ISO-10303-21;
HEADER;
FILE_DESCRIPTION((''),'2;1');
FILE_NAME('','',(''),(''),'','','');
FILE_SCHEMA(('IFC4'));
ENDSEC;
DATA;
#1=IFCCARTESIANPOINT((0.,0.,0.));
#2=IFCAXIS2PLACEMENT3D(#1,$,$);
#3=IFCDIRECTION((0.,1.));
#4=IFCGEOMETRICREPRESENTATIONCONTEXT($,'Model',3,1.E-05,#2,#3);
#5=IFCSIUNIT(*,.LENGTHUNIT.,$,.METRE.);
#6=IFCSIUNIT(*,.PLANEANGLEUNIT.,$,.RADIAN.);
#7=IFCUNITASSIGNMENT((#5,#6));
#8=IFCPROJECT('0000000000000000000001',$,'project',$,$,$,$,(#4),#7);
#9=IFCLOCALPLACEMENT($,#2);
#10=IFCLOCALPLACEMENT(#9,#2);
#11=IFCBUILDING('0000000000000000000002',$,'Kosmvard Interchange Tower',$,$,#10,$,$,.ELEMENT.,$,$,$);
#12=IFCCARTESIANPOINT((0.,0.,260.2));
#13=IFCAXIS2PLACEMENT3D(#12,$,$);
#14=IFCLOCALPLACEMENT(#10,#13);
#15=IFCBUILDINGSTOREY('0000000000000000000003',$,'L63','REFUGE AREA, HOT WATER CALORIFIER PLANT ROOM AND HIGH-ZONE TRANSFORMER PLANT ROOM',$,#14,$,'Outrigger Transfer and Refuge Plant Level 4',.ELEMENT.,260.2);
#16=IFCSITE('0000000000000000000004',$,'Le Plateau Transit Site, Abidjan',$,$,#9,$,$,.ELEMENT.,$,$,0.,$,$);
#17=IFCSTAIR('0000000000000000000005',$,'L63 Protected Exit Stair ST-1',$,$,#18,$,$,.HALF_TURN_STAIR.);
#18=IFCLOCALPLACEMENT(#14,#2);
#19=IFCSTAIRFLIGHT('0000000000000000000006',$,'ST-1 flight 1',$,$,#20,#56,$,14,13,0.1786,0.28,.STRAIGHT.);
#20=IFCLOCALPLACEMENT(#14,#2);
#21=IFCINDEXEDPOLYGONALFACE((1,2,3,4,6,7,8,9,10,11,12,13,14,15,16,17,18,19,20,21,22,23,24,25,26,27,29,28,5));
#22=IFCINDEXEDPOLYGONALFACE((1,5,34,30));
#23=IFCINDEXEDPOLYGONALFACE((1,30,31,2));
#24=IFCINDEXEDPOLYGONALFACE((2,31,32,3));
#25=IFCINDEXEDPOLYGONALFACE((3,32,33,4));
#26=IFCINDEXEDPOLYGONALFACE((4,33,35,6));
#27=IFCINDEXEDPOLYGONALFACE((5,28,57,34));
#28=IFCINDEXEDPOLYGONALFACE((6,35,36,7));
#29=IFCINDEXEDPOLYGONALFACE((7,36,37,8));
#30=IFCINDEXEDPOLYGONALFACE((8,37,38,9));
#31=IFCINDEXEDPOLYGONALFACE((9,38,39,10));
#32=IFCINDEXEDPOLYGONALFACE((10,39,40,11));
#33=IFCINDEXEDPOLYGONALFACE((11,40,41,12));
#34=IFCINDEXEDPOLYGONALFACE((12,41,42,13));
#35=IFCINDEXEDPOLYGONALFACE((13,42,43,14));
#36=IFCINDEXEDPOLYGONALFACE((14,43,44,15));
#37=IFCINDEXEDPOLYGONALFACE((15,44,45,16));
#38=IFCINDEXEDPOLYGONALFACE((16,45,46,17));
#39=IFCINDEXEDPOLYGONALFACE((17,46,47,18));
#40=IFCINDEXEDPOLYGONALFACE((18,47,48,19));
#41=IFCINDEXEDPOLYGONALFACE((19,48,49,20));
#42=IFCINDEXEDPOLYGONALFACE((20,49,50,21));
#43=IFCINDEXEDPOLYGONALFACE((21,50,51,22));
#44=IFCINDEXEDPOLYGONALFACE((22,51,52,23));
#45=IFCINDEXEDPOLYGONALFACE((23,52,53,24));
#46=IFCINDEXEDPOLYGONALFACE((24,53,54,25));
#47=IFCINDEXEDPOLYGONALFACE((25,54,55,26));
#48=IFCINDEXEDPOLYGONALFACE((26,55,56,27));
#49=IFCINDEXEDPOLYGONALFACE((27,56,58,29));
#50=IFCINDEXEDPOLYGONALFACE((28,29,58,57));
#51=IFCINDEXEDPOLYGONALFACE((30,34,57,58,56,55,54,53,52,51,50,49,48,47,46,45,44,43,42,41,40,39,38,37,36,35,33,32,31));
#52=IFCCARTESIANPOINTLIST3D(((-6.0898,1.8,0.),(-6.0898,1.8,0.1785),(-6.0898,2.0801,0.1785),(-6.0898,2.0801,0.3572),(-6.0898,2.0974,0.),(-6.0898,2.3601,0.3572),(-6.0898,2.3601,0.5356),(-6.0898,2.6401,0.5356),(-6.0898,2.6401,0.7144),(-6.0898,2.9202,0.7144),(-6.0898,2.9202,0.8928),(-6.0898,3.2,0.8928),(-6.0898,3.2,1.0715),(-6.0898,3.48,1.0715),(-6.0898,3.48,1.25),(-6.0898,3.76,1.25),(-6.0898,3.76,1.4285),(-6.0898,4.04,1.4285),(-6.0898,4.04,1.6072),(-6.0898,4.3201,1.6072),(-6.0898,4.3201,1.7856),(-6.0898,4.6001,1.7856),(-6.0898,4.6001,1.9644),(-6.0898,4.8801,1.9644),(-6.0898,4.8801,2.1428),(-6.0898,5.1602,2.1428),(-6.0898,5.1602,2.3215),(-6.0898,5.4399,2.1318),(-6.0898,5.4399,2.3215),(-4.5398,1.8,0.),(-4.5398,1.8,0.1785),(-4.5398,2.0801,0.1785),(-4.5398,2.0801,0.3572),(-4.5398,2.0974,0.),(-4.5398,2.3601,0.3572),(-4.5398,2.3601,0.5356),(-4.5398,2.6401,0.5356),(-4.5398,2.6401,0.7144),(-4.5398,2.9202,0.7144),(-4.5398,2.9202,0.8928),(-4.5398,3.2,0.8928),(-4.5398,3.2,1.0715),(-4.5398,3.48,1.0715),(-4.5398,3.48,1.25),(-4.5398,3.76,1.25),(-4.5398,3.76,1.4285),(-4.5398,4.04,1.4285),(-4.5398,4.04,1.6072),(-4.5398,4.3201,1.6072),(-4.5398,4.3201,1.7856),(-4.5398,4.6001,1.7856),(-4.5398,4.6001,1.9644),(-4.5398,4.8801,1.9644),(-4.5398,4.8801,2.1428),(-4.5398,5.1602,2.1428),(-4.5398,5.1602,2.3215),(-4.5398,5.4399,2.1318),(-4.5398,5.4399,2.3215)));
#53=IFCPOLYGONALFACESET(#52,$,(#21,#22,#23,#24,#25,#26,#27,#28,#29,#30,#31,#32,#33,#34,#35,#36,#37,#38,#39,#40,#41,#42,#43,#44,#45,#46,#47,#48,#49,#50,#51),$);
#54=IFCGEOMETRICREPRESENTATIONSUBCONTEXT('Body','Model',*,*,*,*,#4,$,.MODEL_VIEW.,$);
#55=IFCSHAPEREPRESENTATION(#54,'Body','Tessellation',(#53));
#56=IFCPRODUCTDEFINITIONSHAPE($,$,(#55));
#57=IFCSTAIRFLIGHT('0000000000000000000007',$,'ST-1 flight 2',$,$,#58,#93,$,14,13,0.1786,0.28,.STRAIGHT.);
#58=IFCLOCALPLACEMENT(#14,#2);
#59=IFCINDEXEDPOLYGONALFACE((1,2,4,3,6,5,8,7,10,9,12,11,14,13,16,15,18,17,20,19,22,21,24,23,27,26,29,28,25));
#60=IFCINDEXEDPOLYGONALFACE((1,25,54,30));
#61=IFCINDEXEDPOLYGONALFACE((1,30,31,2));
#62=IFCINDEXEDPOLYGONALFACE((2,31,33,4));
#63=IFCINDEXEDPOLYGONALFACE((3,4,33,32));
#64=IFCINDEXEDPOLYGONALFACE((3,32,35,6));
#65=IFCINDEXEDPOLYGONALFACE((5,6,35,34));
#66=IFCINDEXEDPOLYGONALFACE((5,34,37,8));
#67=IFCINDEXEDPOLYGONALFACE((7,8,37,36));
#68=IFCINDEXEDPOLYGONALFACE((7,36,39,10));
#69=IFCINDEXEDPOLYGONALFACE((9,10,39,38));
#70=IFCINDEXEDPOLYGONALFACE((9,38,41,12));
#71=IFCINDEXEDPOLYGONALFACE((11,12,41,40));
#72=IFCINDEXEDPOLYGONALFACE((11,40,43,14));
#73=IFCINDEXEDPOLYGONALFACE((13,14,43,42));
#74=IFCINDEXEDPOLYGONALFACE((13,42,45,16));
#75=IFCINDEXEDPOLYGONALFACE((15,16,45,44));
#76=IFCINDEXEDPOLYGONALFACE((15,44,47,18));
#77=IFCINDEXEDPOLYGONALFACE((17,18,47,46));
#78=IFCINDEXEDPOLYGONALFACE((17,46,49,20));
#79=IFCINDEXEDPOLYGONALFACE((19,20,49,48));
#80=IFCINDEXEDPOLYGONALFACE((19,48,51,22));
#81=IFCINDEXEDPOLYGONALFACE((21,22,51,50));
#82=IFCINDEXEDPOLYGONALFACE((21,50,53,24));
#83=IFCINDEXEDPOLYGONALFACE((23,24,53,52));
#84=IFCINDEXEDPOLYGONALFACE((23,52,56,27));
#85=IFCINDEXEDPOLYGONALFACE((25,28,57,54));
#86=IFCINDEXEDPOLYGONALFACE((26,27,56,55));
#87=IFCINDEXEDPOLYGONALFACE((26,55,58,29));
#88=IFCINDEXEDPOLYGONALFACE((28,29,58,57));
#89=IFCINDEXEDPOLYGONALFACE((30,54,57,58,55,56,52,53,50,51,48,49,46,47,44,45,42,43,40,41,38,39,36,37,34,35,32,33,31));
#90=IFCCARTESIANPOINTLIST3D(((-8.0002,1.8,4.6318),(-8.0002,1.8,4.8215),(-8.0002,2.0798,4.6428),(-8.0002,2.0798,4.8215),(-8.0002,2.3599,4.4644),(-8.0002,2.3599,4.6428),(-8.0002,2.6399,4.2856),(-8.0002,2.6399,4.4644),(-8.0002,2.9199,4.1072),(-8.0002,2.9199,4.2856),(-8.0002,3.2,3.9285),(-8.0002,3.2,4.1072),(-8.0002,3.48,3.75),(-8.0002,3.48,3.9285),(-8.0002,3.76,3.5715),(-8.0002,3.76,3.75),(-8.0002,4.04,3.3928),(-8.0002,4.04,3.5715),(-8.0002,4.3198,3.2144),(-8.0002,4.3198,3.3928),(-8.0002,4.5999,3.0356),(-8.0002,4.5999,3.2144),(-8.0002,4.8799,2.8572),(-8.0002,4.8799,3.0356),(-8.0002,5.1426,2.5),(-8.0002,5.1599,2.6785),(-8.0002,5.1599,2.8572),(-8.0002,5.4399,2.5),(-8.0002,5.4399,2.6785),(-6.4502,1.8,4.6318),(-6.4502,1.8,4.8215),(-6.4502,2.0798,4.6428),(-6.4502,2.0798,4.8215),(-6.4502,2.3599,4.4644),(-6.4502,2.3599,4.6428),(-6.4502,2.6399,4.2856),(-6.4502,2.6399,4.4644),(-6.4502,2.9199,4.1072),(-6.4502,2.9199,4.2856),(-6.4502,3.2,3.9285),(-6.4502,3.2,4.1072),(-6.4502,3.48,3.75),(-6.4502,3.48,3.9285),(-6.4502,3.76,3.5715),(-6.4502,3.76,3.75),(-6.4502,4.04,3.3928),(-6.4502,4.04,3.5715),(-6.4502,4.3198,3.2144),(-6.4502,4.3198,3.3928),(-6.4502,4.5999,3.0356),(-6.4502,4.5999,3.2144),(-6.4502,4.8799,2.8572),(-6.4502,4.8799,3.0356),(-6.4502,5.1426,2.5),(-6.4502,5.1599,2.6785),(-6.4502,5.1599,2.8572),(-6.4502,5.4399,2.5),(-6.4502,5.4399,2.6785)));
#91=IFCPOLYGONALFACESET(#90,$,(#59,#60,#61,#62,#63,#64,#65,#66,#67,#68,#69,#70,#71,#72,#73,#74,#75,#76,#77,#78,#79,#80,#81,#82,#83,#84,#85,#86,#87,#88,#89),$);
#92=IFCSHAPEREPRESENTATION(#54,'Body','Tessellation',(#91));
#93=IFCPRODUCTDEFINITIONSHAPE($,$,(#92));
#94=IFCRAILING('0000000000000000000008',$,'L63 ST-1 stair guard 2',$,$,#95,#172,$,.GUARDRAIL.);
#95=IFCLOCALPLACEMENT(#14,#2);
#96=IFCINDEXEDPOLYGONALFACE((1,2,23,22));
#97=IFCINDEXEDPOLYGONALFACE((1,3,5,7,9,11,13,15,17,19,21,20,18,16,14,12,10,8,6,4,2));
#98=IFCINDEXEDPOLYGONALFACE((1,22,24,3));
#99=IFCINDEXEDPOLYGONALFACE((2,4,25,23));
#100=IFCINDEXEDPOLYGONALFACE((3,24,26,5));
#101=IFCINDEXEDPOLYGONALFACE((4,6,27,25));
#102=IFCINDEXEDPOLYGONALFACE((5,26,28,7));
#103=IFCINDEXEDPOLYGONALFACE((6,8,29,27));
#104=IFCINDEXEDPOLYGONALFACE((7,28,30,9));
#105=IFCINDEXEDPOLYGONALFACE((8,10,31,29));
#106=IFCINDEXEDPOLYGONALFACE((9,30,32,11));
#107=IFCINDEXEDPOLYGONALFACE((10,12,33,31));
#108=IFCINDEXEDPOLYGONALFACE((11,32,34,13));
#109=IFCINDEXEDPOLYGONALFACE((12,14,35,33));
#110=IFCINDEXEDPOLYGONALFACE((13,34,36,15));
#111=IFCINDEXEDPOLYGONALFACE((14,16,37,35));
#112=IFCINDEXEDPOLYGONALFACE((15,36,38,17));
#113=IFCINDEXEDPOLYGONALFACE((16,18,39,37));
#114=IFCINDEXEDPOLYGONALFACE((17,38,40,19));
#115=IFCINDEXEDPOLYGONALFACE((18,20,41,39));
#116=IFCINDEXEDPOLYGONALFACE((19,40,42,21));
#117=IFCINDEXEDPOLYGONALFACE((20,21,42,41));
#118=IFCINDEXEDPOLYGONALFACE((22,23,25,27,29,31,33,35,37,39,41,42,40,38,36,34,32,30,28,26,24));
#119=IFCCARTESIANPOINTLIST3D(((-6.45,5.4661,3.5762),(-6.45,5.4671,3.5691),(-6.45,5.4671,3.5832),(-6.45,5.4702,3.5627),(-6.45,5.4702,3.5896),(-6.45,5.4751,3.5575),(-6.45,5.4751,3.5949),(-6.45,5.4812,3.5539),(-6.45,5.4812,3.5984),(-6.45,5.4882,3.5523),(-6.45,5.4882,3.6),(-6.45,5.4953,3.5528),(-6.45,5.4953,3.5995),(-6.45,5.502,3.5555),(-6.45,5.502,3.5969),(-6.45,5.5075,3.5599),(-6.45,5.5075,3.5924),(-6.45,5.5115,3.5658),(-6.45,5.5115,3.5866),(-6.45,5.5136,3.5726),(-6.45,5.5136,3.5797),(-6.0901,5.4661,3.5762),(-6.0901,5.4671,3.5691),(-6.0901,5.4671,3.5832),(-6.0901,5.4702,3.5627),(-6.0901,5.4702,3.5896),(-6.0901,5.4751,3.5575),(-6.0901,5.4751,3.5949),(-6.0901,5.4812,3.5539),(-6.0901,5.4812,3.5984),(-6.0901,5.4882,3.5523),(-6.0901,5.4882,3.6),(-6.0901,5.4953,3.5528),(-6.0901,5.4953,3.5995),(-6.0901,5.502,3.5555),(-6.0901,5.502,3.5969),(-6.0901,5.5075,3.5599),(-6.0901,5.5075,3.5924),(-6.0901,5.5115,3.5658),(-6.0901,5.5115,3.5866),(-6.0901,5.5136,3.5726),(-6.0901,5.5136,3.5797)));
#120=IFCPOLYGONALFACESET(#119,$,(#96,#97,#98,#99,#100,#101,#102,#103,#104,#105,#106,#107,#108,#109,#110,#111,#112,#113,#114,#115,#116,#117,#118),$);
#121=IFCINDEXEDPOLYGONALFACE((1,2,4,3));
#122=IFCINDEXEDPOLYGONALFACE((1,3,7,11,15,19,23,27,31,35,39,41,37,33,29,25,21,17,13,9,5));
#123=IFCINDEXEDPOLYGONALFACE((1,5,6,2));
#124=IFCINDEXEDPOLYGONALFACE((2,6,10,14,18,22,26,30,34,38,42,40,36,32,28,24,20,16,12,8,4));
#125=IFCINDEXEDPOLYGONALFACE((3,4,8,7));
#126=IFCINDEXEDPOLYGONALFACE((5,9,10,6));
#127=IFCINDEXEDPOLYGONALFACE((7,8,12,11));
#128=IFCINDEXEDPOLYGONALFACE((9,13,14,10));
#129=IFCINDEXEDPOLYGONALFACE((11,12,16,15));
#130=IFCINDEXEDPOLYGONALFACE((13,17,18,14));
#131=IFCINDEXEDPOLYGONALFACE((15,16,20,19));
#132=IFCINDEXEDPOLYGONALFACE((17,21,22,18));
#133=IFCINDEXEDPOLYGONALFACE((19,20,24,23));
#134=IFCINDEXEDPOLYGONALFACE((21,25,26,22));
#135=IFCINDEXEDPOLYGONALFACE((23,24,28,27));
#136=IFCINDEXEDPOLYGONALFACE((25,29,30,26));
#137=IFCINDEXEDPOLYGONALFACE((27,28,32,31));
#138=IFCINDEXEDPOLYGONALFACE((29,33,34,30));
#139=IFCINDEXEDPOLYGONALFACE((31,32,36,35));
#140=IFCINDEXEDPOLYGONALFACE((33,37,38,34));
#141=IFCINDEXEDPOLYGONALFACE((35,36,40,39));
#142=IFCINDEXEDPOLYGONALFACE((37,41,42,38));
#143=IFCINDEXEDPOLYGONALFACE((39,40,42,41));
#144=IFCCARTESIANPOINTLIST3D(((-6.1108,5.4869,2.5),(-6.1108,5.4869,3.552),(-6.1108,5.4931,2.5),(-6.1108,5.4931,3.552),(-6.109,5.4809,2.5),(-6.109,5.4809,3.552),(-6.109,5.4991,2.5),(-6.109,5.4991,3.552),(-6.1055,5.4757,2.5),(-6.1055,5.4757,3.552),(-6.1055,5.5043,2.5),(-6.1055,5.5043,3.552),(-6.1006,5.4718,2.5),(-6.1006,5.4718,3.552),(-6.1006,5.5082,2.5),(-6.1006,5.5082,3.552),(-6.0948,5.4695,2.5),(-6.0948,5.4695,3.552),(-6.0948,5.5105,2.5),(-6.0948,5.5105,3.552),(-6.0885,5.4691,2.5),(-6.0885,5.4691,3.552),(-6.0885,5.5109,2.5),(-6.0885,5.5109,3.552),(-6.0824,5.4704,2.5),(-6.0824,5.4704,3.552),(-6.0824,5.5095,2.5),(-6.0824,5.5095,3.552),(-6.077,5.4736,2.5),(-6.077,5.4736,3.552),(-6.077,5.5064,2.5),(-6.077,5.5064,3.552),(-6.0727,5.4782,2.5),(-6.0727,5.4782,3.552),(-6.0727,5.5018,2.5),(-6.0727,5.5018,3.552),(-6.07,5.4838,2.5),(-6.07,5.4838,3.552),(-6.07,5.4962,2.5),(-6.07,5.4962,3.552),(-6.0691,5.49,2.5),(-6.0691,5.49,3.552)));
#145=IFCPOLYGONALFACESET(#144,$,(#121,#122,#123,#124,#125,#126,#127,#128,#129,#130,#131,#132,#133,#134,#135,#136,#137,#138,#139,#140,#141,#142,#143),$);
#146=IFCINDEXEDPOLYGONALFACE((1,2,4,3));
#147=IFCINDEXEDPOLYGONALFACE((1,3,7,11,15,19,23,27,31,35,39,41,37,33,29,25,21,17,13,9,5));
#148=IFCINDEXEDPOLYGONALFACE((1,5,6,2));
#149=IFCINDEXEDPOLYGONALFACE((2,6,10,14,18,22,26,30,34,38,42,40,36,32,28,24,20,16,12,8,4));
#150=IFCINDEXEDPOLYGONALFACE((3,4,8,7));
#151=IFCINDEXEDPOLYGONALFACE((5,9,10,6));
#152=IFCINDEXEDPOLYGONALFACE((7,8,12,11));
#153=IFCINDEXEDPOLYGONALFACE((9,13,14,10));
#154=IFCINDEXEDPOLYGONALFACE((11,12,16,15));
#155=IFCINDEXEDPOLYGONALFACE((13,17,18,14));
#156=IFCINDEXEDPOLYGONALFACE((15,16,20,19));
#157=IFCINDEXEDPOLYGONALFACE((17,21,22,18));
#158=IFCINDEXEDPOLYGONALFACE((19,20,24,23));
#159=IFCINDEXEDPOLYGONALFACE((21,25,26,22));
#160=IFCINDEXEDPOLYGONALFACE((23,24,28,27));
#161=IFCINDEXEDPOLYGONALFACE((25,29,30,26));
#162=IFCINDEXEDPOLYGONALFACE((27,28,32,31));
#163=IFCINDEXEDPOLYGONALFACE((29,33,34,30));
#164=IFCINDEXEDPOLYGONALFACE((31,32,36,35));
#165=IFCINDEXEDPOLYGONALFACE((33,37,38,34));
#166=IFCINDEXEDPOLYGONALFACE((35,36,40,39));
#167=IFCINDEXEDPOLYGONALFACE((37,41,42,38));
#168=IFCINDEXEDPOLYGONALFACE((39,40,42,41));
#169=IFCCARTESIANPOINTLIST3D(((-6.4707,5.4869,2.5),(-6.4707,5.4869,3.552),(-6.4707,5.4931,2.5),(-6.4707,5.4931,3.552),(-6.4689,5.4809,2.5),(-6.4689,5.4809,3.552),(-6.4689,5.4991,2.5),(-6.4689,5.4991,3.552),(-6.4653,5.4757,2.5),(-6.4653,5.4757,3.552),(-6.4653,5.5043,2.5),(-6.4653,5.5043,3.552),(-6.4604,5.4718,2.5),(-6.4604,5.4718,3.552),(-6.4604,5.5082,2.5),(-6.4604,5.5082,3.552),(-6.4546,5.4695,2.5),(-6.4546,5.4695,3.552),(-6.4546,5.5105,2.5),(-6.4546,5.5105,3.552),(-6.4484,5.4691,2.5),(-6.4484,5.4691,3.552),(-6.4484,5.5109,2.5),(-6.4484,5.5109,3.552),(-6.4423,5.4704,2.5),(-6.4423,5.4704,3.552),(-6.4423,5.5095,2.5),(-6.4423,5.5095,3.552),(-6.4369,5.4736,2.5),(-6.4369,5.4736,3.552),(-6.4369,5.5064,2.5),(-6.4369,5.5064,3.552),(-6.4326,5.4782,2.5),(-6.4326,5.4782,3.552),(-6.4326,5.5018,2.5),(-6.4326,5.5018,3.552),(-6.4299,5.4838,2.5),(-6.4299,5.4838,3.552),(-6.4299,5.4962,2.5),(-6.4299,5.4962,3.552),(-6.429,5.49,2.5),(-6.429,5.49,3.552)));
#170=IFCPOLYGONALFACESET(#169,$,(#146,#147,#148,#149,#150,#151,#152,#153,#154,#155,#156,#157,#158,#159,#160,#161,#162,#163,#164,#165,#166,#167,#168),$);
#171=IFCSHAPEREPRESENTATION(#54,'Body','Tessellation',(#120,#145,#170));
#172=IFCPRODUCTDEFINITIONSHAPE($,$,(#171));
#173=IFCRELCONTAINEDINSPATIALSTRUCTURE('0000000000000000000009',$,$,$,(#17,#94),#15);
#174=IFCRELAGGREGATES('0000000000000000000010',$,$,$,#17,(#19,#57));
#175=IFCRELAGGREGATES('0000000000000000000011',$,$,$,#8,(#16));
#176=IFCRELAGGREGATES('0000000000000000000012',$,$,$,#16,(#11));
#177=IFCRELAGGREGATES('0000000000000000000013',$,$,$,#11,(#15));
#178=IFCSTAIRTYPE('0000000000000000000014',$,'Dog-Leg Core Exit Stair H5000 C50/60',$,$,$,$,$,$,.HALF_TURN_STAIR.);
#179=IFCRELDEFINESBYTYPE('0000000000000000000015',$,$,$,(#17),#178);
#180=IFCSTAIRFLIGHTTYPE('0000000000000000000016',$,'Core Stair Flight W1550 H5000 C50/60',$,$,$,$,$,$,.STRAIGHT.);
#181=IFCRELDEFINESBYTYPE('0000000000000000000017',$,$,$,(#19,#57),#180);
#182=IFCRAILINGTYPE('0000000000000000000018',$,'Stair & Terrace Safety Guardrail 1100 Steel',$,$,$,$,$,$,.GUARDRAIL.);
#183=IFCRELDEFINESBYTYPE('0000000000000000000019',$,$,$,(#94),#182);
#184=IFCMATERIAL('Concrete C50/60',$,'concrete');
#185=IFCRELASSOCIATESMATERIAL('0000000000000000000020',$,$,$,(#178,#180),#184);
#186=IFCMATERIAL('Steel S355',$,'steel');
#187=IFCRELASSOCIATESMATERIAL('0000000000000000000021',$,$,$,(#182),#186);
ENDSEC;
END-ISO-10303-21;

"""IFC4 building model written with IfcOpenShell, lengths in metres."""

from ifc_helpers import new_model, si_unit, direction, frame, origin, origin_2d, place, context, subcontext, project, spatial, polyline, circle, outline, extrude, source, transform, mapped, material, type_object, element, aggregate, save


model = new_model("IFC4")

# Units and contexts
model_context = context("Model", 3, precision=1e-05, world=origin(), true_north=direction((0.0, 1.0)))
body_context = subcontext(model_context, "Body", "Model", "MODEL_VIEW")
ifc_project = project(units=[si_unit("LENGTHUNIT", "METRE"), si_unit("PLANEANGLEUNIT", "RADIAN")], contexts=[model_context])

# Site, building, storey
site_placement = place(None, origin())
site = spatial("IfcSite", under=ifc_project, at=site_placement, Name="Le Plateau Transit Site, Abidjan", CompositionType="ELEMENT", RefElevation=0.0)
building_placement = place(site_placement, origin())
building = spatial("IfcBuilding", under=site, at=building_placement, Name="Kosmvard Interchange Tower", CompositionType="ELEMENT")
storey_placement = place(building_placement, frame((0.0, 0.0, 260.2)))
storey = spatial("IfcBuildingStorey", under=building, at=storey_placement, Name="L63", Description="REFUGE AREA, HOT WATER CALORIFIER PLANT ROOM AND HIGH-ZONE TRANSFORMER PLANT ROOM", LongName="Outrigger Transfer and Refuge Plant Level 4", CompositionType="ELEMENT", Elevation=260.2)

# Stair, stair flights
ifc_material_1 = material(Name="Concrete C50/60", Category="concrete")
stair_type = type_object("IfcStairType", Name="Dog-Leg Core Exit Stair H5000 C50/60", PredefinedType="HALF_TURN_STAIR", material=ifc_material_1)
stair_placement = place(storey_placement, origin())
stair = element("IfcStair", 1, at=stair_placement, inside=storey, type_object=stair_type, Name="L63 Protected Exit Stair ST-1", PredefinedType="HALF_TURN_STAIR")
stair_flight_type = type_object("IfcStairFlightType", Name="Core Stair Flight W1550 H5000 C50/60", PredefinedType="STRAIGHT", material=ifc_material_1)
shared_shape_1 = source(origin(), body_context, "Body", "SweptSolid", [
    extrude(outline(polyline([(0.0, 0.0), (0.0, 0.1785), (0.28, 0.1785), (0.28, 0.3572), (0.5601, 0.3572), (0.5601, 0.5356), (0.8401, 0.5356), (0.8401, 0.7144), (1.1201, 0.7144), (1.1201, 0.8928), (1.3999, 0.8928), (1.3999, 1.0715), (1.6799, 1.0715), (1.6799, 1.25), (1.96, 1.25), (1.96, 1.4285), (2.24, 1.4285), (2.24, 1.6072), (2.52, 1.6072), (2.52, 1.7856), (2.8, 1.7856), (2.8, 1.9644), (3.0801, 1.9644), (3.0801, 2.1428), (3.3601, 2.1428), (3.3601, 2.3215), (3.6399, 2.3215), (3.6399, 2.5), (3.6399, 2.1318), (0.2974, 0.0), (0.0, 0.0)])), frame((0.0, 0.7749, 0.0), z_axis=(0.0, -1.0, 0.0), x_axis=(1.0, 0.0, 0.0)), (0.0, 0.0, 1.0), 1.55),
])
stair_flight_1_placement = place(storey_placement, frame((-5.3149, 1.8, 0.0), z_axis=(0.0, 0.0, 1.0), x_axis=(0.0, 1.0, 0.0)))
stair_flight_1 = element("IfcStairFlight", 2, at=stair_flight_1_placement, type_object=stair_flight_type, Name="ST-1 flight 1", NumberOfRisers=14, NumberOfTreads=13, PredefinedType="STRAIGHT", RiserHeight=0.1786, TreadLength=0.28, context=body_context, shape_type="MappedRepresentation", body=[
    mapped(shared_shape_1, transform((0.0, 0.0, 0.0), scale=1.0)),
])
stair_flight_2_placement = place(storey_placement, frame((-7.2251, 5.4399, 2.5), z_axis=(0.0, 0.0, 1.0), x_axis=(0.0, -1.0, 0.0)))
stair_flight_2 = element("IfcStairFlight", 3, at=stair_flight_2_placement, type_object=stair_flight_type, Name="ST-1 flight 2", NumberOfRisers=14, NumberOfTreads=13, PredefinedType="STRAIGHT", RiserHeight=0.1786, TreadLength=0.28, context=body_context, shape_type="MappedRepresentation", body=[
    mapped(shared_shape_1, transform((0.0, 0.0, 0.0), scale=1.0)),
])
aggregate(stair, [stair_flight_1, stair_flight_2])

# Railing
ifc_material_2 = material(Name="Steel S355", Category="steel")
railing_type_1 = type_object("IfcRailingType", Name="Stair & Terrace Safety Guardrail 1100 Steel", PredefinedType="GUARDRAIL", material=ifc_material_2)
shared_shape_2 = source(origin(), body_context, "Body", "SweptSolid", [
    extrude(circle(Radius=0.0239, at=origin_2d()), frame((0.0, 0.0, 1.0762), z_axis=(-1.0, 0.0, 0.0), x_axis=(0.0, -1.0, 0.0)), (0.0, 0.0, 1.0), 0.3599),
    extrude(circle(Radius=0.021, at=origin_2d()), origin(), (0.0, 0.0, 1.0), 1.052),
    extrude(circle(Radius=0.021, at=origin_2d()), frame((-0.3599, 0.0, 0.0)), (0.0, 0.0, 1.0), 1.052),
])
for number, where, name in (
    (4, (-6.0901, 5.49, 2.5), "L63 ST-1 stair guard 2"),
):
    element("IfcRailing", number, at=place(storey_placement, frame(where)), inside=storey, type_object=railing_type_1, Name=name, PredefinedType="GUARDRAIL", context=body_context, shape_type="MappedRepresentation", body=[
        mapped(shared_shape_2, transform((0.0, 0.0, 0.0), scale=1.0)),
    ])

save(model, "model.ifc")
